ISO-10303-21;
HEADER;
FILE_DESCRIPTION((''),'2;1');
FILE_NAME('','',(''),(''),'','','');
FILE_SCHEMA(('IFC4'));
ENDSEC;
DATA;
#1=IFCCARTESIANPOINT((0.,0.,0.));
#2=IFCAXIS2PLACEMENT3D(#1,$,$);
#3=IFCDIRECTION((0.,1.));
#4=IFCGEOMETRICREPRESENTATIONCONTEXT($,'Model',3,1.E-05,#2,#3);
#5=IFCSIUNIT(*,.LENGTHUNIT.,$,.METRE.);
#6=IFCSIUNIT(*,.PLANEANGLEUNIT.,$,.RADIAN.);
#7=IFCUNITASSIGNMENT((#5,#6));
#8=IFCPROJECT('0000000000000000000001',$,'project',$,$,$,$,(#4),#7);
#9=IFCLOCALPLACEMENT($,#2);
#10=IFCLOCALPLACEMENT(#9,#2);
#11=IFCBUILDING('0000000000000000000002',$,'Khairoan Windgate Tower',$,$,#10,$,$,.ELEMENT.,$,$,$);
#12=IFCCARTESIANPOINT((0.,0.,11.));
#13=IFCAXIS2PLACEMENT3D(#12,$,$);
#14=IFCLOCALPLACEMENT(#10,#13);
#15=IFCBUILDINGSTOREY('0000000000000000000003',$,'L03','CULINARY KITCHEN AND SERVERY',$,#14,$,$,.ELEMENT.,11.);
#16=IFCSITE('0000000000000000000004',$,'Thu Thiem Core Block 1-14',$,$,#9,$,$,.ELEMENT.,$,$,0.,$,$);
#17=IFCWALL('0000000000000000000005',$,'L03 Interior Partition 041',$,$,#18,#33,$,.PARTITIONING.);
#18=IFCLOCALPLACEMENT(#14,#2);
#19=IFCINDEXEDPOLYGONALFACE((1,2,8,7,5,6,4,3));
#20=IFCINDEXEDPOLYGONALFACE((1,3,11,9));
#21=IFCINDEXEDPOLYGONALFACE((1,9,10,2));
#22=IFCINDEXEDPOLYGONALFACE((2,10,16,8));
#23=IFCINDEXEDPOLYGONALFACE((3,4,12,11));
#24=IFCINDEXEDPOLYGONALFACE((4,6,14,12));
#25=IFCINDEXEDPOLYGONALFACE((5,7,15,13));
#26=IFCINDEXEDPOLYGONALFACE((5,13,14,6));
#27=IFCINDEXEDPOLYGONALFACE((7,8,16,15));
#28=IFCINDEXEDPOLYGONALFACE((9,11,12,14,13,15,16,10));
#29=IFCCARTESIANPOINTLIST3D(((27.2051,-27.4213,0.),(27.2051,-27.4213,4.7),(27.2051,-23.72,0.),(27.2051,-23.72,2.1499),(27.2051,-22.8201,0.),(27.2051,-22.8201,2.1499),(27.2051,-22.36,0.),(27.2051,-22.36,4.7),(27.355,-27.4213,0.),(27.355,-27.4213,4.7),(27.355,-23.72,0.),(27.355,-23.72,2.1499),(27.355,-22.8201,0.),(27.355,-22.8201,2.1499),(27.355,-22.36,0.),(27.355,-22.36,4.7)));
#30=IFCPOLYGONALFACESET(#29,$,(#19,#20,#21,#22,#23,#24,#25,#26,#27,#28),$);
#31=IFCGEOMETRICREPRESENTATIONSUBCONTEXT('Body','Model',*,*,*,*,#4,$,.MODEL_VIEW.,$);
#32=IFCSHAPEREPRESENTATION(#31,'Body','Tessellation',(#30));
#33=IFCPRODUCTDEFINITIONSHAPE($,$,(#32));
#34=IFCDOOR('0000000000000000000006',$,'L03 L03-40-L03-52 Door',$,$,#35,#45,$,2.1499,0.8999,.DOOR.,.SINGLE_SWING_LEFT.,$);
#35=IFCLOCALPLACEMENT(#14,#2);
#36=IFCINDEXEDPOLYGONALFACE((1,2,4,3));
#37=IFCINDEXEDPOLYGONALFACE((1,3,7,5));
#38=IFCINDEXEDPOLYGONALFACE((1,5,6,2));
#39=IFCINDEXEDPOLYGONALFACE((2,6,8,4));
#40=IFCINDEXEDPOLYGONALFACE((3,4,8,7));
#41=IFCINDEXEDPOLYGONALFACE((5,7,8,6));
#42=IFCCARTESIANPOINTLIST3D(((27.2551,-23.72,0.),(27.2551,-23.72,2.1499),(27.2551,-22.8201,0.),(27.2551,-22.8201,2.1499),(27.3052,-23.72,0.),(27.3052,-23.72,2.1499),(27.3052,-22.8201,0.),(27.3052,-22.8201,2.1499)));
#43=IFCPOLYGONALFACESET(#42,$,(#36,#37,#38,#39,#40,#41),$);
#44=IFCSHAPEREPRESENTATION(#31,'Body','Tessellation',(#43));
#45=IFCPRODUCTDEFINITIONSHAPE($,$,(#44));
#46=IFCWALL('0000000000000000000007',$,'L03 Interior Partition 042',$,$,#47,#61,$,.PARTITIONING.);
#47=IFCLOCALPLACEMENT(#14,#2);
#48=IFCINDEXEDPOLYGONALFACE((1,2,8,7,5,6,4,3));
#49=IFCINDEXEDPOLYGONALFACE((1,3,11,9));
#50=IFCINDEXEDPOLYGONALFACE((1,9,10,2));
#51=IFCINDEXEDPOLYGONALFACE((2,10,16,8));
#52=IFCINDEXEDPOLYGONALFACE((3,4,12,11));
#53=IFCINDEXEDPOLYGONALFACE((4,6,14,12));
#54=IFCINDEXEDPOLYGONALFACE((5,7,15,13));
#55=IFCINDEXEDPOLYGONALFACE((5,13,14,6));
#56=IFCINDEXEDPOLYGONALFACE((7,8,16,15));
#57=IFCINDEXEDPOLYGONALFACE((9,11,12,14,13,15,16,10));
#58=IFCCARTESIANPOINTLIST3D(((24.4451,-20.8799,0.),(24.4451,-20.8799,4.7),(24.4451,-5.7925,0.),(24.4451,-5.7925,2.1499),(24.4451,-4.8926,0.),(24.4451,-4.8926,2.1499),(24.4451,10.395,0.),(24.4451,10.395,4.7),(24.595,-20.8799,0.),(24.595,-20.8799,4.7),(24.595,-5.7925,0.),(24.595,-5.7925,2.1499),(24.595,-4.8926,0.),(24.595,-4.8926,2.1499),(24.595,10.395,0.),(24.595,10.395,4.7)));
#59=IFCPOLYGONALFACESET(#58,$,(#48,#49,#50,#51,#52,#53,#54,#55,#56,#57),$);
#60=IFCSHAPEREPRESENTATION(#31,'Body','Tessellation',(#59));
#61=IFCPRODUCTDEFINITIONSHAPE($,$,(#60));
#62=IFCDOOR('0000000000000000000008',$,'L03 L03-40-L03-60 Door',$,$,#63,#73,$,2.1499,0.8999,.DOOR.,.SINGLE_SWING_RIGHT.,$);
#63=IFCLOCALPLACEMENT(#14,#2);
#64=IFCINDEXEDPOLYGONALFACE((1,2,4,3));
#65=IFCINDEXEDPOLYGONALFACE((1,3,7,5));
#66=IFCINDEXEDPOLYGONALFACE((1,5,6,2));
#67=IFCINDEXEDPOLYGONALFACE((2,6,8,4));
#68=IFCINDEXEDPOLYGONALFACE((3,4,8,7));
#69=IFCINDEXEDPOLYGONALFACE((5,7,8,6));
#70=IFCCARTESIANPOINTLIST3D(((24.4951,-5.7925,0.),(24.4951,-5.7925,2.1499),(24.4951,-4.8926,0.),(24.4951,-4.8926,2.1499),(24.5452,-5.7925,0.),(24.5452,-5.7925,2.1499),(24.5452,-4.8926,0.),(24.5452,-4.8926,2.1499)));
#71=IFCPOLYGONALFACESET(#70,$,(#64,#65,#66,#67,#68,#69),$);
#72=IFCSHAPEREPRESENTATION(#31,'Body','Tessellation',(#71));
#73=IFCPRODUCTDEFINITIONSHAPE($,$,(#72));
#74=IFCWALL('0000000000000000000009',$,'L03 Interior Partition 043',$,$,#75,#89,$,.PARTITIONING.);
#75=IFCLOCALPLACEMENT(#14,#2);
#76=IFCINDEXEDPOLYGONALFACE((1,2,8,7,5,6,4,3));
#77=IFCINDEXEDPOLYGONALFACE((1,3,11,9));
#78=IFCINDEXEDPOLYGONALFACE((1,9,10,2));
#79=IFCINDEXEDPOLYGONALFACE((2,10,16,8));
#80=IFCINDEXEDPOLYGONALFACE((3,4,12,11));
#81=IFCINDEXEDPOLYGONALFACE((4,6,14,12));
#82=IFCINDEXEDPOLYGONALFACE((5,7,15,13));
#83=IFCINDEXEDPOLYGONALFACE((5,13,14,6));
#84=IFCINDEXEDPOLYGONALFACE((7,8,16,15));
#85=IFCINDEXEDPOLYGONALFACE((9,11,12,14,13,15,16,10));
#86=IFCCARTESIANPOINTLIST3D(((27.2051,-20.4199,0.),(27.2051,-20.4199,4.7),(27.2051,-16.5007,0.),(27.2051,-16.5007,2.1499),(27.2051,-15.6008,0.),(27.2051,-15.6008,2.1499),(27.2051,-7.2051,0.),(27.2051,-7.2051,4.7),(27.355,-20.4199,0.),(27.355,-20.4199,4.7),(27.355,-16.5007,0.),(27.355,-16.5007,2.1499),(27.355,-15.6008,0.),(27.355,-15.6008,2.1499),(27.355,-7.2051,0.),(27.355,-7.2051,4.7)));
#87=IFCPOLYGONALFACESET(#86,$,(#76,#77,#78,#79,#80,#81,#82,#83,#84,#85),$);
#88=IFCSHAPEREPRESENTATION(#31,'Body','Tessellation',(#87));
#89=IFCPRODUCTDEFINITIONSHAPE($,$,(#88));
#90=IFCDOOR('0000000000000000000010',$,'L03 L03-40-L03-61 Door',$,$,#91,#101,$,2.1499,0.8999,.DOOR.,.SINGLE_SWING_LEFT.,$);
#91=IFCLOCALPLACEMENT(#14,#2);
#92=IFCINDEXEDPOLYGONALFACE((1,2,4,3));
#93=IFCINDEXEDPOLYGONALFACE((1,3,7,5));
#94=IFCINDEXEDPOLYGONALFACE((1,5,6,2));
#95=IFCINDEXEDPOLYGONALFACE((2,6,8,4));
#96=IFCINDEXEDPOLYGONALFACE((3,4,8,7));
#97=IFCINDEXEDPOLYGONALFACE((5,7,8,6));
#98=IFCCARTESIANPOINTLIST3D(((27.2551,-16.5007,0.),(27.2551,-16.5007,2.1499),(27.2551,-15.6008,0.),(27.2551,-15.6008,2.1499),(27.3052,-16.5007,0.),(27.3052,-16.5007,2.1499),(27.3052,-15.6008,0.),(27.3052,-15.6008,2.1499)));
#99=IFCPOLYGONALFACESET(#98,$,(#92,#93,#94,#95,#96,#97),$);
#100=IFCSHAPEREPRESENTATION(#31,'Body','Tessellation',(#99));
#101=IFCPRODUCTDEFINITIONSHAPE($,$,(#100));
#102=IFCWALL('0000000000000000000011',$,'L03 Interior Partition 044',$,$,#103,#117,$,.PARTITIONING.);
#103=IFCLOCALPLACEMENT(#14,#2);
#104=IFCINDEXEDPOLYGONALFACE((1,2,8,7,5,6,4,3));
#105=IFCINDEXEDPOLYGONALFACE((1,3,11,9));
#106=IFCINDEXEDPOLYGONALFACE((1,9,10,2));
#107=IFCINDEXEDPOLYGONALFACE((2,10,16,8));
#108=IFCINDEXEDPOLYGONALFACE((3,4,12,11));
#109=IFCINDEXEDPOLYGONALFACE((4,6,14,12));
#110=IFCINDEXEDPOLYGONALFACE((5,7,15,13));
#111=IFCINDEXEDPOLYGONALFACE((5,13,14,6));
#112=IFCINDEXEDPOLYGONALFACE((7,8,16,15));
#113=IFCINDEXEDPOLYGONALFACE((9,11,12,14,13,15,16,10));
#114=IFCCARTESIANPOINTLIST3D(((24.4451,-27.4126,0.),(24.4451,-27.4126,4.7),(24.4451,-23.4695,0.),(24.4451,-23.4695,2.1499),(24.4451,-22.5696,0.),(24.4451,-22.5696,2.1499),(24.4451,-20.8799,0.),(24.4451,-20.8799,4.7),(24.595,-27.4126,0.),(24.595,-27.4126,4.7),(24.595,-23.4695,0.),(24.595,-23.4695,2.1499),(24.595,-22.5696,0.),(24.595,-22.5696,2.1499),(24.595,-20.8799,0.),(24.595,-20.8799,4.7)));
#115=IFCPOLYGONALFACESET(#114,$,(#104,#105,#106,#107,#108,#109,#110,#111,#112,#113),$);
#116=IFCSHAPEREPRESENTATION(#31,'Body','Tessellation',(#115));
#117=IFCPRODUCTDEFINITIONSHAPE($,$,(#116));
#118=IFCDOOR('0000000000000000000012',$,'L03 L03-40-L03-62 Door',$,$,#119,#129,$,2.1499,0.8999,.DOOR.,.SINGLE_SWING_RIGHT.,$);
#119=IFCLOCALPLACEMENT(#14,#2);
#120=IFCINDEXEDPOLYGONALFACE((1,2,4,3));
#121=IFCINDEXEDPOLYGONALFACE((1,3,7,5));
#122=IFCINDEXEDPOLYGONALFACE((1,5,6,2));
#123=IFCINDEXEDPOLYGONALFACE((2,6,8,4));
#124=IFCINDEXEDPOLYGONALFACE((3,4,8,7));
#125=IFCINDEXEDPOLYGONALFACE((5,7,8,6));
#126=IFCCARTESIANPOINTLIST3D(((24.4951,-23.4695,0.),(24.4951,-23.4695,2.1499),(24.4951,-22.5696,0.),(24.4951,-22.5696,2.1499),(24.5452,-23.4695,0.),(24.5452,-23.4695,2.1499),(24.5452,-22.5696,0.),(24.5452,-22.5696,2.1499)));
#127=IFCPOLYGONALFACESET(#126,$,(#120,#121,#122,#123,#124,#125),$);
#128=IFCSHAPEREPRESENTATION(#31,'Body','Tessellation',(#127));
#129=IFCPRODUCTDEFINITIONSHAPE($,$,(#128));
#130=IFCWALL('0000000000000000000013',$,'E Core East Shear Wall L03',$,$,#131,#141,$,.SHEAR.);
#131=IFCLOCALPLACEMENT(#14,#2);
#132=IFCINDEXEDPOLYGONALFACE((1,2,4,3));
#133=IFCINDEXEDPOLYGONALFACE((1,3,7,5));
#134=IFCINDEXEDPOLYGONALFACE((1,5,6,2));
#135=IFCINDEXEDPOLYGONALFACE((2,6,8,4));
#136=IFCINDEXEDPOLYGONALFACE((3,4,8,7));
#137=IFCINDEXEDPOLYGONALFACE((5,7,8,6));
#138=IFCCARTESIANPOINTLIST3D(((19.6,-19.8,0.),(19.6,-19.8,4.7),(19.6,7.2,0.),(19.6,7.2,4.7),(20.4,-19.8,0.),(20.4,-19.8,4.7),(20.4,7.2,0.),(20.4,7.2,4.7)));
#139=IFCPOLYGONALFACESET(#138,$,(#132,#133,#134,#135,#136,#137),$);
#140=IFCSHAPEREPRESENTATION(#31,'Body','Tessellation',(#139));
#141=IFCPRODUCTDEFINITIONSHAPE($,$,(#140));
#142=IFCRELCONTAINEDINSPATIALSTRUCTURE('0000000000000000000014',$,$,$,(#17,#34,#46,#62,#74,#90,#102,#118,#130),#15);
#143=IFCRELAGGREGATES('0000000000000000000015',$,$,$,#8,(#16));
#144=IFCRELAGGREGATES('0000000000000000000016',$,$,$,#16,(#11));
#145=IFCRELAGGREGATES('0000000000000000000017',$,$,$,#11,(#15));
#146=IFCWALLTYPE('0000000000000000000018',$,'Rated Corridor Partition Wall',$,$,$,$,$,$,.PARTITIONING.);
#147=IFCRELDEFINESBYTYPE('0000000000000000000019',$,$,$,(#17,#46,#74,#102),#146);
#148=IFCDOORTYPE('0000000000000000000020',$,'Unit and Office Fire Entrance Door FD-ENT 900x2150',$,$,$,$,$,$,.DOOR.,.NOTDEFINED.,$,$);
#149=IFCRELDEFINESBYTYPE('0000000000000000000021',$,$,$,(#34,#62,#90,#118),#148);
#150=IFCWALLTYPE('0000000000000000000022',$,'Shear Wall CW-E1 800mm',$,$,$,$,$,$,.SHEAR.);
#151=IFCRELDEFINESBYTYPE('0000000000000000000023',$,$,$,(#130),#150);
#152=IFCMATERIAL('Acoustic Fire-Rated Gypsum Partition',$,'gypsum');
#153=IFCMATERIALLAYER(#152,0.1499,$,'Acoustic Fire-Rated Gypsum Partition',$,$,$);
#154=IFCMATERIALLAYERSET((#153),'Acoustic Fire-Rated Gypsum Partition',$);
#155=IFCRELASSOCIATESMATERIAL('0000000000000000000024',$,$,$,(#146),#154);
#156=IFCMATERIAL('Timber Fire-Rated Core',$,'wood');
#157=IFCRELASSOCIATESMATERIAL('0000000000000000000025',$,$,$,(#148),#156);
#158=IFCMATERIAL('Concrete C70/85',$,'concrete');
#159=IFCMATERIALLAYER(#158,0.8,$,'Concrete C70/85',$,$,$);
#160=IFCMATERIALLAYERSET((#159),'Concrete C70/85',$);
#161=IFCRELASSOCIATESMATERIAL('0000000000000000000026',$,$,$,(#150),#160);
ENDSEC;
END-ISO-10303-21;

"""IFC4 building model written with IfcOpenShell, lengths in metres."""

from ifc_helpers import new_model, si_unit, direction, frame, frame_2d, origin, place, context, subcontext, project, spatial, rectangle, extrude, material, layer, layer_set, type_object, element, fill, save


model = new_model("IFC4")

# Units and contexts
model_context = context("Model", 3, precision=1e-05, world=origin(), true_north=direction((0.0, 1.0)))
body_context = subcontext(model_context, "Body", "Model", "MODEL_VIEW")
ifc_project = project(units=[si_unit("LENGTHUNIT", "METRE"), si_unit("PLANEANGLEUNIT", "RADIAN")], contexts=[model_context])

# Site, building, storey
site_placement = place(None, origin())
site = spatial("IfcSite", under=ifc_project, at=site_placement, Name="Thu Thiem Core Block 1-14", CompositionType="ELEMENT", RefElevation=0.0)
building_placement = place(site_placement, origin())
building = spatial("IfcBuilding", under=site, at=building_placement, Name="Khairoan Windgate Tower", CompositionType="ELEMENT")
storey_placement = place(building_placement, frame((0.0, 0.0, 11.0)))
storey = spatial("IfcBuildingStorey", under=building, at=storey_placement, Name="L03", Description="CULINARY KITCHEN AND SERVERY", CompositionType="ELEMENT", Elevation=11.0)

# Walls, openings, doors
ifc_material_1 = material(Name="Acoustic Fire-Rated Gypsum Partition", Category="gypsum")
ifc_layer_1 = layer(ifc_material_1, 0.1499, Name="Acoustic Fire-Rated Gypsum Partition")
ifc_layer_set_1 = layer_set([ifc_layer_1], Name="Acoustic Fire-Rated Gypsum Partition")
wall_type_1 = type_object("IfcWallType", Name="Rated Corridor Partition Wall", PredefinedType="PARTITIONING", material=ifc_layer_set_1)
wall_1_placement = place(storey_placement, frame((27.28, -27.4214, 0.0), z_axis=(0.0, 0.0, 1.0), x_axis=(0.0, 1.0, 0.0)))
wall_1 = element("IfcWall", 1, at=wall_1_placement, inside=storey, type_object=wall_type_1, Name="L03 Interior Partition 041", PredefinedType="PARTITIONING", context=body_context, shape_type="SweptSolid", body=[
    extrude(rectangle(XDim=5.0613, YDim=0.1499, at=frame_2d((2.5308, 0.0))), origin(), (0.0, 0.0, 1.0), 4.7),
])
opening_1_placement = place(wall_1_placement, frame((3.7014, 0.0, 0.0)))
opening_1 = element("IfcOpeningElement", 2, at=opening_1_placement, cuts=wall_1, PredefinedType="OPENING", context=body_context, shape_type="SweptSolid", body=[
    extrude(rectangle(XDim=0.8999, YDim=2.1499, at=frame_2d((0.45, 1.075))), frame((0.0, 0.085, 0.0), z_axis=(0.0, -1.0, 0.0), x_axis=(1.0, 0.0, 0.0)), (0.0, 0.0, 1.0), 0.1699),
])
ifc_material_2 = material(Name="Timber Fire-Rated Core", Category="wood")
door_type = type_object("IfcDoorType", Name="Unit and Office Fire Entrance Door FD-ENT 900x2150", OperationType="NOTDEFINED", PredefinedType="DOOR", material=ifc_material_2)
door_1_placement = place(opening_1_placement, origin())
door_1 = element("IfcDoor", 3, at=door_1_placement, inside=storey, type_object=door_type, Name="L03 L03-40-L03-52 Door", OperationType="SINGLE_SWING_LEFT", OverallHeight=2.1499, OverallWidth=0.8999, PredefinedType="DOOR", context=body_context, shape_type="SweptSolid", body=[
    extrude(rectangle(XDim=0.8999, YDim=2.1499, at=frame_2d((0.45, 1.075))), frame((0.0, 0.0249, 0.0), z_axis=(0.0, -1.0, 0.0), x_axis=(1.0, 0.0, 0.0)), (0.0, 0.0, 1.0), 0.05),
])
fill(opening_1, door_1)
wall_2_placement = place(storey_placement, frame((24.52, -20.8799, 0.0), z_axis=(0.0, 0.0, 1.0), x_axis=(0.0, 1.0, 0.0)))
wall_2 = element("IfcWall", 4, at=wall_2_placement, inside=storey, type_object=wall_type_1, Name="L03 Interior Partition 042", PredefinedType="PARTITIONING", context=body_context, shape_type="SweptSolid", body=[
    extrude(rectangle(XDim=31.2749, YDim=0.1499, at=frame_2d((15.6375, 0.0))), origin(), (0.0, 0.0, 1.0), 4.7),
])
opening_2_placement = place(wall_2_placement, frame((15.0874, 0.0, 0.0)))
opening_2 = element("IfcOpeningElement", 5, at=opening_2_placement, cuts=wall_2, PredefinedType="OPENING", context=body_context, shape_type="SweptSolid", body=[
    extrude(rectangle(XDim=0.8999, YDim=2.1499, at=frame_2d((0.45, 1.075))), frame((0.0, 0.085, 0.0), z_axis=(0.0, -1.0, 0.0), x_axis=(1.0, 0.0, 0.0)), (0.0, 0.0, 1.0), 0.1699),
])
door_2_placement = place(opening_2_placement, origin())
door_2 = element("IfcDoor", 6, at=door_2_placement, inside=storey, type_object=door_type, Name="L03 L03-40-L03-60 Door", OperationType="SINGLE_SWING_RIGHT", OverallHeight=2.1499, OverallWidth=0.8999, PredefinedType="DOOR", context=body_context, shape_type="SweptSolid", body=[
    extrude(rectangle(XDim=0.8999, YDim=2.1499, at=frame_2d((0.45, 1.075))), frame((0.0, 0.0249, 0.0), z_axis=(0.0, -1.0, 0.0), x_axis=(1.0, 0.0, 0.0)), (0.0, 0.0, 1.0), 0.05),
])
fill(opening_2, door_2)
wall_3_placement = place(storey_placement, frame((27.28, -20.4199, 0.0), z_axis=(0.0, 0.0, 1.0), x_axis=(0.0, 1.0, 0.0)))
wall_3 = element("IfcWall", 7, at=wall_3_placement, inside=storey, type_object=wall_type_1, Name="L03 Interior Partition 043", PredefinedType="PARTITIONING", context=body_context, shape_type="SweptSolid", body=[
    extrude(rectangle(XDim=13.2148, YDim=0.1499, at=frame_2d((6.6074, 0.0))), origin(), (0.0, 0.0, 1.0), 4.7),
])
opening_3_placement = place(wall_3_placement, frame((3.9192, 0.0, 0.0)))
opening_3 = element("IfcOpeningElement", 8, at=opening_3_placement, cuts=wall_3, PredefinedType="OPENING", context=body_context, shape_type="SweptSolid", body=[
    extrude(rectangle(XDim=0.8999, YDim=2.1499, at=frame_2d((0.45, 1.075))), frame((0.0, 0.085, 0.0), z_axis=(0.0, -1.0, 0.0), x_axis=(1.0, 0.0, 0.0)), (0.0, 0.0, 1.0), 0.1699),
])
door_3_placement = place(opening_3_placement, origin())
door_3 = element("IfcDoor", 9, at=door_3_placement, inside=storey, type_object=door_type, Name="L03 L03-40-L03-61 Door", OperationType="SINGLE_SWING_LEFT", OverallHeight=2.1499, OverallWidth=0.8999, PredefinedType="DOOR", context=body_context, shape_type="SweptSolid", body=[
    extrude(rectangle(XDim=0.8999, YDim=2.1499, at=frame_2d((0.45, 1.075))), frame((0.0, 0.0249, 0.0), z_axis=(0.0, -1.0, 0.0), x_axis=(1.0, 0.0, 0.0)), (0.0, 0.0, 1.0), 0.05),
])
fill(opening_3, door_3)
wall_4_placement = place(storey_placement, frame((24.52, -27.4126, 0.0), z_axis=(0.0, 0.0, 1.0), x_axis=(0.0, 1.0, 0.0)))
wall_4 = element("IfcWall", 10, at=wall_4_placement, inside=storey, type_object=wall_type_1, Name="L03 Interior Partition 044", PredefinedType="PARTITIONING", context=body_context, shape_type="SweptSolid", body=[
    extrude(rectangle(XDim=6.5327, YDim=0.1499, at=frame_2d((3.2664, 0.0))), origin(), (0.0, 0.0, 1.0), 4.7),
])
opening_4_placement = place(wall_4_placement, frame((3.9431, 0.0, 0.0)))
opening_4 = element("IfcOpeningElement", 11, at=opening_4_placement, cuts=wall_4, PredefinedType="OPENING", context=body_context, shape_type="SweptSolid", body=[
    extrude(rectangle(XDim=0.8999, YDim=2.1499, at=frame_2d((0.45, 1.075))), frame((0.0, 0.085, 0.0), z_axis=(0.0, -1.0, 0.0), x_axis=(1.0, 0.0, 0.0)), (0.0, 0.0, 1.0), 0.1699),
])
door_4_placement = place(opening_4_placement, origin())
door_4 = element("IfcDoor", 12, at=door_4_placement, inside=storey, type_object=door_type, Name="L03 L03-40-L03-62 Door", OperationType="SINGLE_SWING_RIGHT", OverallHeight=2.1499, OverallWidth=0.8999, PredefinedType="DOOR", context=body_context, shape_type="SweptSolid", body=[
    extrude(rectangle(XDim=0.8999, YDim=2.1499, at=frame_2d((0.45, 1.075))), frame((0.0, 0.0249, 0.0), z_axis=(0.0, -1.0, 0.0), x_axis=(1.0, 0.0, 0.0)), (0.0, 0.0, 1.0), 0.05),
])
fill(opening_4, door_4)

# Wall
ifc_material_3 = material(Name="Concrete C70/85", Category="concrete")
ifc_layer_2 = layer(ifc_material_3, 0.8, Name="Concrete C70/85")
ifc_layer_set_2 = layer_set([ifc_layer_2], Name="Concrete C70/85")
wall_type_2 = type_object("IfcWallType", Name="Shear Wall CW-E1 800mm", PredefinedType="SHEAR", material=ifc_layer_set_2)
wall_5_placement = place(storey_placement, frame((20.0, -19.8, 0.0), z_axis=(0.0, 0.0, 1.0), x_axis=(0.0, 1.0, 0.0)))
element("IfcWall", 13, at=wall_5_placement, inside=storey, type_object=wall_type_2, Name="E Core East Shear Wall L03", PredefinedType="SHEAR", context=body_context, shape_type="SweptSolid", body=[
    extrude(rectangle(XDim=27.0, YDim=0.8, at=frame_2d((13.5, 0.0))), origin(), (0.0, 0.0, 1.0), 4.7),
])

save(model, "model.ifc")
